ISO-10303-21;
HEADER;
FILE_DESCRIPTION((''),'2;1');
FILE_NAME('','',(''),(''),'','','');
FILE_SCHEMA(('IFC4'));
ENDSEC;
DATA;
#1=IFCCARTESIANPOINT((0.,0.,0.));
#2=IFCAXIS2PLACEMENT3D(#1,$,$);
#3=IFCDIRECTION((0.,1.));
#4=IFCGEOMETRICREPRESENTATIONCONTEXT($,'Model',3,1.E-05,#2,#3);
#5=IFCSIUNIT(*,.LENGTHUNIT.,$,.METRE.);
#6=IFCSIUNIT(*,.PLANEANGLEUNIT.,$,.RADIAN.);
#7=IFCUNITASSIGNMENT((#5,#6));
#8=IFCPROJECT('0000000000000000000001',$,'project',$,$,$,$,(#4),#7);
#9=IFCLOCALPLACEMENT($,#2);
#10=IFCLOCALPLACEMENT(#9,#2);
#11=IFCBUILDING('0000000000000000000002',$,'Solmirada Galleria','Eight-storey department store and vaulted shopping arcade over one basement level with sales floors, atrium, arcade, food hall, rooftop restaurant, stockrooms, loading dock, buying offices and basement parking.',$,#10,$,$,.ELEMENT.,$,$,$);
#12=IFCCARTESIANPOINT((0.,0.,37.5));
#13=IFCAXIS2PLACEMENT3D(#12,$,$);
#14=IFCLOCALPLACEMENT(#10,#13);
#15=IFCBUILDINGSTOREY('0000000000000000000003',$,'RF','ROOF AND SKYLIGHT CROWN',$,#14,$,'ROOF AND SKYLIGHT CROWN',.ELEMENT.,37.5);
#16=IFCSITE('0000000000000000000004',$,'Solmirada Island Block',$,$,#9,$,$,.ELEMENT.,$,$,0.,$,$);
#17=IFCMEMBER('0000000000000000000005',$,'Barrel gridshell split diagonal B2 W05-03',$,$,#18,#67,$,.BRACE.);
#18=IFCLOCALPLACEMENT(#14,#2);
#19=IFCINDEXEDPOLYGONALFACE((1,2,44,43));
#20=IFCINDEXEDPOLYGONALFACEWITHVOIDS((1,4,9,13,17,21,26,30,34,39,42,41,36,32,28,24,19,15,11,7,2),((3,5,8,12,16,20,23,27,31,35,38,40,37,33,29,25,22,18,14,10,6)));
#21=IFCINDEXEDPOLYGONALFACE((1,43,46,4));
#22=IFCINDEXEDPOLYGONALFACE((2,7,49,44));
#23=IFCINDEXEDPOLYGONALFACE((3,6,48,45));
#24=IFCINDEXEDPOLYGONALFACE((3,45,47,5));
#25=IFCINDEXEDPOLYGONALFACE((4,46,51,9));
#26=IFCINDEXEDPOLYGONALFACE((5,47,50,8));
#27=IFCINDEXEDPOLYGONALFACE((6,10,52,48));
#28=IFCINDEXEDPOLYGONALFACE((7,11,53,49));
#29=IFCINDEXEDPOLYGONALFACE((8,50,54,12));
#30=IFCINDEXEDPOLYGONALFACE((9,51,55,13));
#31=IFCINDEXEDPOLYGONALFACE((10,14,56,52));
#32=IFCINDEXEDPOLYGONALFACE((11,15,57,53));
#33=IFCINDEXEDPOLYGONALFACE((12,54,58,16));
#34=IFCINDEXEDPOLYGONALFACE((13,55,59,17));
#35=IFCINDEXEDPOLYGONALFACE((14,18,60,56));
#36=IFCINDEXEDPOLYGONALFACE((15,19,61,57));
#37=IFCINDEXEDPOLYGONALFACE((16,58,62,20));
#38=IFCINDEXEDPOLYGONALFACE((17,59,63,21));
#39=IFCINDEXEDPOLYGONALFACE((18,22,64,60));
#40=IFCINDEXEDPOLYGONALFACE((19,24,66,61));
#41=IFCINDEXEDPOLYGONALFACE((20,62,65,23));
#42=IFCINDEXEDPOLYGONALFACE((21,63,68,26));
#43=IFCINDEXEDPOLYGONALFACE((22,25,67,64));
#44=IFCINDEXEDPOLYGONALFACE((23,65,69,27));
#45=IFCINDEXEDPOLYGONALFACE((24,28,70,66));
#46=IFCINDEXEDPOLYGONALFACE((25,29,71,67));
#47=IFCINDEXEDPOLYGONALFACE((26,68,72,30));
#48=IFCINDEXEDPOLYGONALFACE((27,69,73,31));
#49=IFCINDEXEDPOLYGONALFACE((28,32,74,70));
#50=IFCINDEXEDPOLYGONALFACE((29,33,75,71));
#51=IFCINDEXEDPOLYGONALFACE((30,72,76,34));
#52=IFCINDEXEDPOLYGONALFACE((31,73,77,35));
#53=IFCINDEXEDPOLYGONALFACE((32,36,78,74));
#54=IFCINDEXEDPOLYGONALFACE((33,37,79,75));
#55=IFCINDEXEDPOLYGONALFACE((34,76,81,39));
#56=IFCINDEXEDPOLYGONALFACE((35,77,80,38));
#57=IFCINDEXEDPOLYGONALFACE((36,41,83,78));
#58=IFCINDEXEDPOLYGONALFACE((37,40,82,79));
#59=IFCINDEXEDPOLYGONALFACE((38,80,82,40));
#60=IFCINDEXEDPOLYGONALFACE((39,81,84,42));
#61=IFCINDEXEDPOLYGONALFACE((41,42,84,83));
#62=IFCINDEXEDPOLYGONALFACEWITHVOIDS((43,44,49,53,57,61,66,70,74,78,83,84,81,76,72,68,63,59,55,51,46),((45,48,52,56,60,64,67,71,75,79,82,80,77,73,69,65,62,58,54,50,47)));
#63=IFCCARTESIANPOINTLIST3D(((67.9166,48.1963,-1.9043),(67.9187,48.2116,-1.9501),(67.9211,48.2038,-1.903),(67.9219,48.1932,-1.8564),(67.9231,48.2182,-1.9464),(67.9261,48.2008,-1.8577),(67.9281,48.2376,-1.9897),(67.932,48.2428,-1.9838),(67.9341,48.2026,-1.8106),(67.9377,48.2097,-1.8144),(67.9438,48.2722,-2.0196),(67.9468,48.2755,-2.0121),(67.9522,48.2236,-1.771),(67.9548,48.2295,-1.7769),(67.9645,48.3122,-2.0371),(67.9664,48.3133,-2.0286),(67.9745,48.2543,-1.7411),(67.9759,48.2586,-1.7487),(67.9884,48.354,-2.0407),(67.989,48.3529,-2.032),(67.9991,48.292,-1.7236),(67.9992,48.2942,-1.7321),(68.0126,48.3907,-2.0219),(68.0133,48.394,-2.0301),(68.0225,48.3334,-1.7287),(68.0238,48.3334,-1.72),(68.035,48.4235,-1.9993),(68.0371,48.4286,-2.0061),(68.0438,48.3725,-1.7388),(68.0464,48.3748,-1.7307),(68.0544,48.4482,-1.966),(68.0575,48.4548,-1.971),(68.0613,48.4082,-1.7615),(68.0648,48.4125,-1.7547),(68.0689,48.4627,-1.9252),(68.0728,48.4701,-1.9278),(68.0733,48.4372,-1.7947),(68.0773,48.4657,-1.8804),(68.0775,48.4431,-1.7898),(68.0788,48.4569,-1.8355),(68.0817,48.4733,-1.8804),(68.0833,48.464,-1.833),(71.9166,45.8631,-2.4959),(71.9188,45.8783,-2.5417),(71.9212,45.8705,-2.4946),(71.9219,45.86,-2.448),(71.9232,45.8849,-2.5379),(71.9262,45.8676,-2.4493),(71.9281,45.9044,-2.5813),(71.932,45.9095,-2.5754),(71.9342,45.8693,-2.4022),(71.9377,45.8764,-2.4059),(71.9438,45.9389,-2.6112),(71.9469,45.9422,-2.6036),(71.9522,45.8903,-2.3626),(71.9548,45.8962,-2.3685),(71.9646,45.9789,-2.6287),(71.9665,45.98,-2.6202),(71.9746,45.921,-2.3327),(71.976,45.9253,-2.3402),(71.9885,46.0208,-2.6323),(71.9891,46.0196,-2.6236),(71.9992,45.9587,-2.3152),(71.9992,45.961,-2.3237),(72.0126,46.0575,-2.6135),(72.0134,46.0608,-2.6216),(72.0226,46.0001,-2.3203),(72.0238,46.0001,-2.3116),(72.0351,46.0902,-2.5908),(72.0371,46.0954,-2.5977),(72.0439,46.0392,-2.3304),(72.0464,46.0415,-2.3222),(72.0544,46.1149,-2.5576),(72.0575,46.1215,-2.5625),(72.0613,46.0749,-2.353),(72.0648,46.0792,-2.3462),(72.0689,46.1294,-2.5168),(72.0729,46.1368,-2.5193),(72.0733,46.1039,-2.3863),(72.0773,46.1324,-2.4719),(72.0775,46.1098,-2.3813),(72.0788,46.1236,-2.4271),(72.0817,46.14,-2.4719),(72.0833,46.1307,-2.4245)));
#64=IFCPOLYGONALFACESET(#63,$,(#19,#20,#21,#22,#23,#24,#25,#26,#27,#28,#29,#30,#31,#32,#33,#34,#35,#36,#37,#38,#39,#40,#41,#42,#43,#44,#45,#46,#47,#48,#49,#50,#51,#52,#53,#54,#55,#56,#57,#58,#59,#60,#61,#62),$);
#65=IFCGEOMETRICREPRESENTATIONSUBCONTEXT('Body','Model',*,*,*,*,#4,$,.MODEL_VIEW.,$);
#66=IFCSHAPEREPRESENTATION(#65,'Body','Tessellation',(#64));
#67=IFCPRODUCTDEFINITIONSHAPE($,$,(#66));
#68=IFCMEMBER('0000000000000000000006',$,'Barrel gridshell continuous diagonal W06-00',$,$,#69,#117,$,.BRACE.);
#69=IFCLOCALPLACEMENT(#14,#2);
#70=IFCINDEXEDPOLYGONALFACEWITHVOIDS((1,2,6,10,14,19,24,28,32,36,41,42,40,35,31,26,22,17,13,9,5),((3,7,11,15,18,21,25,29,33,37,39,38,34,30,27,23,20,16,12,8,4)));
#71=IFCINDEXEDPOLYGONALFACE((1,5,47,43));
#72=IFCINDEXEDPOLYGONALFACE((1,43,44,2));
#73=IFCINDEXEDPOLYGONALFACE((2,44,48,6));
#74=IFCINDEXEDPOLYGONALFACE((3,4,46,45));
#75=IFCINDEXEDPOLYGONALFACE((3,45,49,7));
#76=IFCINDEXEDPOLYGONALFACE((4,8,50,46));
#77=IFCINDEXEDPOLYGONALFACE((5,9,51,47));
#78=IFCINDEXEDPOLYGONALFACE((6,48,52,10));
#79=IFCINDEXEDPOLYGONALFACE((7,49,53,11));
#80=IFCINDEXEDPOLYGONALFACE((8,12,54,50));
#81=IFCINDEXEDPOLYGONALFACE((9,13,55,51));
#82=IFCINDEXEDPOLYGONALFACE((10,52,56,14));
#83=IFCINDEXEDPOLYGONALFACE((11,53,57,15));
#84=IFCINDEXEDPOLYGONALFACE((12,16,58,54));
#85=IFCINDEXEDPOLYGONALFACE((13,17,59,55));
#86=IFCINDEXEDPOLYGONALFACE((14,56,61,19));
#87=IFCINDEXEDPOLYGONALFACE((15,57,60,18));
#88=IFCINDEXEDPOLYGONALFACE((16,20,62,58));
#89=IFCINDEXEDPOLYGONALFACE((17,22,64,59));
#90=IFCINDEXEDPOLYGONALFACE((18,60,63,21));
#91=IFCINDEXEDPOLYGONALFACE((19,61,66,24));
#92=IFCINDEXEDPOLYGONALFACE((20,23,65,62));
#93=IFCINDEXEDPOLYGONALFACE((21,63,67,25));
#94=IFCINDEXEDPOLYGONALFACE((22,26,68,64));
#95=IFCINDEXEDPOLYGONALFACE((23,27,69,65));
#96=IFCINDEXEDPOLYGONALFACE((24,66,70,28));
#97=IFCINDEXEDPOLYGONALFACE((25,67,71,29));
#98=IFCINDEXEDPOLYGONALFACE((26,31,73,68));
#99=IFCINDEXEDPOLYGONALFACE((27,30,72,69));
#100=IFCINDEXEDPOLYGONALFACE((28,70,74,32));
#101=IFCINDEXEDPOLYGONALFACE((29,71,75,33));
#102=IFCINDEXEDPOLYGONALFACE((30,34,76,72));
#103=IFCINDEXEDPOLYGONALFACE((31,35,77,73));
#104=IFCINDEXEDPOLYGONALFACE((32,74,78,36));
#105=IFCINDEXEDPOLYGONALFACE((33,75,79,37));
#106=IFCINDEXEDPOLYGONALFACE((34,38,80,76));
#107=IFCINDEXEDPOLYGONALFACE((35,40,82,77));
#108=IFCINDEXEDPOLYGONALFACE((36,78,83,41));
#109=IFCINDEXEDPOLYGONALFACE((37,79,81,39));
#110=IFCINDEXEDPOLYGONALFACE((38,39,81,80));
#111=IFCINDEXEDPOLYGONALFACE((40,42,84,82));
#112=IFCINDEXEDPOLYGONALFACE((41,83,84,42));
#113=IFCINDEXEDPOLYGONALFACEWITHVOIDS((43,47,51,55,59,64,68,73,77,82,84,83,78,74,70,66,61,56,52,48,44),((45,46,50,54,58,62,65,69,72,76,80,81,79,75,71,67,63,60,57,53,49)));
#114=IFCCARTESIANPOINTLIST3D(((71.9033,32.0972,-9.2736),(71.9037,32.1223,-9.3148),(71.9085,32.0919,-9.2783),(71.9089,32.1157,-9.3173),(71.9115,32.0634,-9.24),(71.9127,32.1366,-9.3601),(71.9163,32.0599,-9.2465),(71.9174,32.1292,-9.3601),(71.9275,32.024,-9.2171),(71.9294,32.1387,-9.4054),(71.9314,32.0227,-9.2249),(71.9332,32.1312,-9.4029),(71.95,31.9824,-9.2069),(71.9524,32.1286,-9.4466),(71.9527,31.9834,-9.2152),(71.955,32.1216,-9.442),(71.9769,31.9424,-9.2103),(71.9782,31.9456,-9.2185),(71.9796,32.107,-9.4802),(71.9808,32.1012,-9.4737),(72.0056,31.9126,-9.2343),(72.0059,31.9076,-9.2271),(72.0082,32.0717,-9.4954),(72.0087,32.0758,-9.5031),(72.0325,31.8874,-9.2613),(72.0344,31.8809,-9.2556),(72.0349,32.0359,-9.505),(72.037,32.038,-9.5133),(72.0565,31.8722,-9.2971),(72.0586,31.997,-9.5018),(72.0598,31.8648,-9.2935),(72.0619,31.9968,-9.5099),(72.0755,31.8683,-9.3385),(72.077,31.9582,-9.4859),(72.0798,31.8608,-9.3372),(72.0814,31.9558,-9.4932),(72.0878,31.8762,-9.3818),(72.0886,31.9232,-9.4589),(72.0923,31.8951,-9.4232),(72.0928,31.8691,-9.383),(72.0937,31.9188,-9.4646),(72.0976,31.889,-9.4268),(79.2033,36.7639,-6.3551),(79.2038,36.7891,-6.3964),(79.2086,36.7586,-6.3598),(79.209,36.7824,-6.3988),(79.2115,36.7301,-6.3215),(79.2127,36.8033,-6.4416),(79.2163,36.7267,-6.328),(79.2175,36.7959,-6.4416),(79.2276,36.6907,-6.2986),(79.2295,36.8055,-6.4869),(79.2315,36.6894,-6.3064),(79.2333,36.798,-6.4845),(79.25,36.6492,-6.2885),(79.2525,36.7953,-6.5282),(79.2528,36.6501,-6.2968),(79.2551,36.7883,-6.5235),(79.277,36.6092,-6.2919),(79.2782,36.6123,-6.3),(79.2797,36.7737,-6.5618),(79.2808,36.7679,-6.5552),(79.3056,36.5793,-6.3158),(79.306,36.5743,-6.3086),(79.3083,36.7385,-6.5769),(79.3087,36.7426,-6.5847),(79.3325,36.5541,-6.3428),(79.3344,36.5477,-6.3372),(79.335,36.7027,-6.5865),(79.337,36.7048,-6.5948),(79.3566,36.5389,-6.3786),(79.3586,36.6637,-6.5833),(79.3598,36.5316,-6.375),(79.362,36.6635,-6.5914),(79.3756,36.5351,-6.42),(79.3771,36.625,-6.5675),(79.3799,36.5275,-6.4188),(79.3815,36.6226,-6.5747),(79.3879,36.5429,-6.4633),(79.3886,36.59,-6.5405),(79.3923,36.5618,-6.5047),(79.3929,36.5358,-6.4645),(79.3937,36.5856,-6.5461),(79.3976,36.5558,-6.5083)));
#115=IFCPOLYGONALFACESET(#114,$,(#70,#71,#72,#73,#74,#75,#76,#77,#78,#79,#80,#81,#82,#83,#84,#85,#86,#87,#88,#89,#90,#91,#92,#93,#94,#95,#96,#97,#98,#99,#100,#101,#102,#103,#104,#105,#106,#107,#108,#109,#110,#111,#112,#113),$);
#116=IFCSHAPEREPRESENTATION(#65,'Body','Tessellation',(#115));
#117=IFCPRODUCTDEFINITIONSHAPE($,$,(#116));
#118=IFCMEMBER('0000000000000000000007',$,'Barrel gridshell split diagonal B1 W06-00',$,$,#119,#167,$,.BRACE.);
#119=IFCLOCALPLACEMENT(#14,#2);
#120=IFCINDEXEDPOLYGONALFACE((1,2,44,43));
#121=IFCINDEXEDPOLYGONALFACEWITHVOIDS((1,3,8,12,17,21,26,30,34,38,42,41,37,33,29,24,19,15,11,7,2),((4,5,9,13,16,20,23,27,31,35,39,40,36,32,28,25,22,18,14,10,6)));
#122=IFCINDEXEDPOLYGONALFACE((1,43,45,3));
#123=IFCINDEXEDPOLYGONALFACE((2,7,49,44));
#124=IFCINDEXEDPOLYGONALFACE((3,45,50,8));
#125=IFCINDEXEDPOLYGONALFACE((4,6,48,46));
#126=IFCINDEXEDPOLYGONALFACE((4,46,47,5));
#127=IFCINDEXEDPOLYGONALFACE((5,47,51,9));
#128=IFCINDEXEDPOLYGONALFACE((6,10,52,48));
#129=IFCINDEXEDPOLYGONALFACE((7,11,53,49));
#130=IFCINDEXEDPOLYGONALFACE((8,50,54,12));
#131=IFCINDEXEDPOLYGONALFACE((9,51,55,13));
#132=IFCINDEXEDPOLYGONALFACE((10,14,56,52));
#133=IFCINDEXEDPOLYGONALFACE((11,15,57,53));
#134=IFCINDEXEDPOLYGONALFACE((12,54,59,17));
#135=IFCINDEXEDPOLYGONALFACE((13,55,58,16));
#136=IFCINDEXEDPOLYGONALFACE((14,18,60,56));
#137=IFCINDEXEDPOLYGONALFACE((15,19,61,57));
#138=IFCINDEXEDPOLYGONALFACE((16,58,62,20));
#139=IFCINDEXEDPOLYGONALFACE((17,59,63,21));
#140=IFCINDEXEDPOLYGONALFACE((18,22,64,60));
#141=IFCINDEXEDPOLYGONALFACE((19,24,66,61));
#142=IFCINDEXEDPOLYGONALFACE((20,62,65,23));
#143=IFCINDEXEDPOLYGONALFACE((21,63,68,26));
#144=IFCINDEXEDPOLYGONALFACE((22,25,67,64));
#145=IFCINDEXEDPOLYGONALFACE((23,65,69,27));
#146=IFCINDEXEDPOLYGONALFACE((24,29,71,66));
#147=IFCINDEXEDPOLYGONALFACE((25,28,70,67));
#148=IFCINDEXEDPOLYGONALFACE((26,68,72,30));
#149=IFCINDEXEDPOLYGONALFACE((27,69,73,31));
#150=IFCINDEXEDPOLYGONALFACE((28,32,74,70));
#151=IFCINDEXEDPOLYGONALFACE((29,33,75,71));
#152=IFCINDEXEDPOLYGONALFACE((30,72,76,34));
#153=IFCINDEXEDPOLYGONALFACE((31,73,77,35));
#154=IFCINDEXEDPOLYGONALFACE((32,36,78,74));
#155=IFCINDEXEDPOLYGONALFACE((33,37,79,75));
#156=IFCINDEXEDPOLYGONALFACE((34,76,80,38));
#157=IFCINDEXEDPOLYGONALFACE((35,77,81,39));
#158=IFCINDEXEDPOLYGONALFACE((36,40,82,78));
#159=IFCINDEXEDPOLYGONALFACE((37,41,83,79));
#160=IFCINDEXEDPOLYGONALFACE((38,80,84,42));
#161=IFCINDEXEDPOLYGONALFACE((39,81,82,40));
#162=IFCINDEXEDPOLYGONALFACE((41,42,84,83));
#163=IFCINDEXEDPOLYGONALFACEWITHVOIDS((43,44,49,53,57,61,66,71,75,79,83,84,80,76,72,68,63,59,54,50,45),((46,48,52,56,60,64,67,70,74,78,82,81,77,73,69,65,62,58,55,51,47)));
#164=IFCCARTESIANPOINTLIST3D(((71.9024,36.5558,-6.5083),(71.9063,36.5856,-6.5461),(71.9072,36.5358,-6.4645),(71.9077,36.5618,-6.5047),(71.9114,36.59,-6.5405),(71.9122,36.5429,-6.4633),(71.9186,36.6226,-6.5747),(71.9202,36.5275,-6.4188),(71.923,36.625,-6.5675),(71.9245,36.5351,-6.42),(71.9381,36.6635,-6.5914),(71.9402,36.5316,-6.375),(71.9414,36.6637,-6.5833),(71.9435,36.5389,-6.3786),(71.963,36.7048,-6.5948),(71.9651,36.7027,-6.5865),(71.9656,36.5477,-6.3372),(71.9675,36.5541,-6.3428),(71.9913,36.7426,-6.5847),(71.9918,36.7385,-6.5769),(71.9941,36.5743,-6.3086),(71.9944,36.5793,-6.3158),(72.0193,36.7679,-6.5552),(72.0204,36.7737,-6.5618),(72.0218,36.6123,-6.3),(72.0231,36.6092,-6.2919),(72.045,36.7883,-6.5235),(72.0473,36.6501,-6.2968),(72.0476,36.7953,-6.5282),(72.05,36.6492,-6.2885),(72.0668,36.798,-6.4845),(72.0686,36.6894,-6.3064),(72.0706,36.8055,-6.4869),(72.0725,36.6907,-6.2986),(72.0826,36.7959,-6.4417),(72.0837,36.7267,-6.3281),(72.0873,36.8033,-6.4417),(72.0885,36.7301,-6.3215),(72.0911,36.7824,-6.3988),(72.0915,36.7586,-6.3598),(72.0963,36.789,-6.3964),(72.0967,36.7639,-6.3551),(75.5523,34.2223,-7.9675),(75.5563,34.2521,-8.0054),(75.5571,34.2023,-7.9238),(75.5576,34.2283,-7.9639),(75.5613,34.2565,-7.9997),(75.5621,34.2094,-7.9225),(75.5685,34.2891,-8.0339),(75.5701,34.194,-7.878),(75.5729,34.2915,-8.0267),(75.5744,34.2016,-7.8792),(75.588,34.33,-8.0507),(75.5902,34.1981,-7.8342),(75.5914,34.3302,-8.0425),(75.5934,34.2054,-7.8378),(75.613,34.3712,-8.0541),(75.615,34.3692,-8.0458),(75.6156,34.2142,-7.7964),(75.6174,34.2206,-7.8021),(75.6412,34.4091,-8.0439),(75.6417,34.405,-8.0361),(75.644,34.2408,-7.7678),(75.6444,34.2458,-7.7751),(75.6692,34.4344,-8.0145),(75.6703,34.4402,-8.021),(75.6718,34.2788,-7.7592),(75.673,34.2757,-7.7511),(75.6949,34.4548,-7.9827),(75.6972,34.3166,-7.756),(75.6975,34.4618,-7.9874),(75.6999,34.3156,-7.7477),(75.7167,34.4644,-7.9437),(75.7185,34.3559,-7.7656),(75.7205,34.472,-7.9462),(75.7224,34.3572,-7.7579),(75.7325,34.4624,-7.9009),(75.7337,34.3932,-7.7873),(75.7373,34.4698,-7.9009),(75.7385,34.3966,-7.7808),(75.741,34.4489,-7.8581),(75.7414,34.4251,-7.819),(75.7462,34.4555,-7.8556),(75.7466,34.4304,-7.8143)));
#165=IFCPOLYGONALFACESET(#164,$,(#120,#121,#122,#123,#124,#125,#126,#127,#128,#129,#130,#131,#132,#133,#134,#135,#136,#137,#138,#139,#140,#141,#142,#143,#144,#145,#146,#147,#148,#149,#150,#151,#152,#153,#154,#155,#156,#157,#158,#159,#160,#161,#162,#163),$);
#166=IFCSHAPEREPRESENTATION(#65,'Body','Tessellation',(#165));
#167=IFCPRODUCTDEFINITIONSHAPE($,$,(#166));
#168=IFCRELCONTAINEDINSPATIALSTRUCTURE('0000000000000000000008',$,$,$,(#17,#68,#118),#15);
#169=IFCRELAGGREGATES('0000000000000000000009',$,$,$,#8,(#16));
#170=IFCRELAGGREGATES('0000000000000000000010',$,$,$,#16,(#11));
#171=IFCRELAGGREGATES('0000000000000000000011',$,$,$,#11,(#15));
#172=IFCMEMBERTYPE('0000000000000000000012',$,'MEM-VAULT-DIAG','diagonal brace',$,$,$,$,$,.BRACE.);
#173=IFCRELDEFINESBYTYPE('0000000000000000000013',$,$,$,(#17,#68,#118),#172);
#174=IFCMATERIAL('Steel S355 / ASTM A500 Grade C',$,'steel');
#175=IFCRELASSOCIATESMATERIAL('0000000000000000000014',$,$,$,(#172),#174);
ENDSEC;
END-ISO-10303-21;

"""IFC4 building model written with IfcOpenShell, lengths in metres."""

from ifc_helpers import new_model, si_unit, direction, frame, origin, origin_2d, place, context, subcontext, project, spatial, hollow_circle, extrude, material, material_profile, profile_set, type_object, element, save


model = new_model("IFC4")

# Units and contexts
model_context = context("Model", 3, precision=1e-05, world=origin(), true_north=direction((0.0, 1.0)))
body_context = subcontext(model_context, "Body", "Model", "MODEL_VIEW")
ifc_project = project(units=[si_unit("LENGTHUNIT", "METRE"), si_unit("PLANEANGLEUNIT", "RADIAN")], contexts=[model_context])

# Site, building, storey
site_placement = place(None, origin())
site = spatial("IfcSite", under=ifc_project, at=site_placement, Name="Solmirada Island Block", CompositionType="ELEMENT", RefElevation=0.0)
building_placement = place(site_placement, origin())
building = spatial("IfcBuilding", under=site, at=building_placement, Name="Solmirada Galleria", Description="Eight-storey department store and vaulted shopping arcade over one basement level with sales floors, atrium, arcade, food hall, rooftop restaurant, stockrooms, loading dock, buying offices and basement parking.", CompositionType="ELEMENT")
storey_placement = place(building_placement, frame((0.0, 0.0, 37.5)))
storey = spatial("IfcBuildingStorey", under=building, at=storey_placement, Name="RF", Description="ROOF AND SKYLIGHT CROWN", LongName="ROOF AND SKYLIGHT CROWN", CompositionType="ELEMENT", Elevation=37.5)

# Members
ifc_material_1 = material(Name="Steel S355 / ASTM A500 Grade C", Category="steel")
ifc_material_profile_1 = material_profile(ifc_material_1, hollow_circle(Radius=0.1621, WallThickness=0.0088, at=origin_2d()), Name="HSS12.750X0.375")
ifc_profile_set_1 = profile_set([ifc_material_profile_1], Name="Steel S355 / ASTM A500 Grade C")
member_type_1 = type_object("IfcMemberType", Name="MEM-VAULT-DIAG", Description="diagonal brace", PredefinedType="BRACE", material=ifc_profile_set_1)
member_1_placement = place(storey_placement, frame((68.0, 48.3333, -1.8804), z_axis=(0.856824, -0.499796, -0.126714), x_axis=(0.503858, 0.863787, 0.0)))
element("IfcMember", 1, at=member_1_placement, inside=storey, type_object=member_type_1, Name="Barrel gridshell split diagonal B2 W05-03", PredefinedType="BRACE", context=body_context, shape_type="SweptSolid", body=[
    extrude(hollow_circle(Radius=0.1621, WallThickness=0.0088, at=origin_2d()), origin(), (0.0, 0.0, 1.0), 4.6685),
])
member_2_placement = place(storey_placement, frame((72.0, 32.0, -9.3601), z_axis=(0.798468, 0.510441, 0.319216), x_axis=(-0.538621, 0.842548, 0.0)))
element("IfcMember", 2, at=member_2_placement, inside=storey, type_object=member_type_1, Name="Barrel gridshell continuous diagonal W06-00", PredefinedType="BRACE", context=body_context, shape_type="SweptSolid", body=[
    extrude(hollow_circle(Radius=0.1621, WallThickness=0.0088, at=origin_2d()), origin(), (0.0, 0.0, 1.0), 9.1426),
])
member_3_placement = place(storey_placement, frame((72.0, 36.6667, -6.4417), z_axis=(0.798447, -0.510472, -0.319219), x_axis=(0.538654, 0.842527, 0.0)))
element("IfcMember", 3, at=member_3_placement, inside=storey, type_object=member_type_1, Name="Barrel gridshell split diagonal B1 W06-00", PredefinedType="BRACE", context=body_context, shape_type="SweptSolid", body=[
    extrude(hollow_circle(Radius=0.1621, WallThickness=0.0088, at=origin_2d()), origin(), (0.0, 0.0, 1.0), 4.5713),
])

save(model, "model.ifc")
